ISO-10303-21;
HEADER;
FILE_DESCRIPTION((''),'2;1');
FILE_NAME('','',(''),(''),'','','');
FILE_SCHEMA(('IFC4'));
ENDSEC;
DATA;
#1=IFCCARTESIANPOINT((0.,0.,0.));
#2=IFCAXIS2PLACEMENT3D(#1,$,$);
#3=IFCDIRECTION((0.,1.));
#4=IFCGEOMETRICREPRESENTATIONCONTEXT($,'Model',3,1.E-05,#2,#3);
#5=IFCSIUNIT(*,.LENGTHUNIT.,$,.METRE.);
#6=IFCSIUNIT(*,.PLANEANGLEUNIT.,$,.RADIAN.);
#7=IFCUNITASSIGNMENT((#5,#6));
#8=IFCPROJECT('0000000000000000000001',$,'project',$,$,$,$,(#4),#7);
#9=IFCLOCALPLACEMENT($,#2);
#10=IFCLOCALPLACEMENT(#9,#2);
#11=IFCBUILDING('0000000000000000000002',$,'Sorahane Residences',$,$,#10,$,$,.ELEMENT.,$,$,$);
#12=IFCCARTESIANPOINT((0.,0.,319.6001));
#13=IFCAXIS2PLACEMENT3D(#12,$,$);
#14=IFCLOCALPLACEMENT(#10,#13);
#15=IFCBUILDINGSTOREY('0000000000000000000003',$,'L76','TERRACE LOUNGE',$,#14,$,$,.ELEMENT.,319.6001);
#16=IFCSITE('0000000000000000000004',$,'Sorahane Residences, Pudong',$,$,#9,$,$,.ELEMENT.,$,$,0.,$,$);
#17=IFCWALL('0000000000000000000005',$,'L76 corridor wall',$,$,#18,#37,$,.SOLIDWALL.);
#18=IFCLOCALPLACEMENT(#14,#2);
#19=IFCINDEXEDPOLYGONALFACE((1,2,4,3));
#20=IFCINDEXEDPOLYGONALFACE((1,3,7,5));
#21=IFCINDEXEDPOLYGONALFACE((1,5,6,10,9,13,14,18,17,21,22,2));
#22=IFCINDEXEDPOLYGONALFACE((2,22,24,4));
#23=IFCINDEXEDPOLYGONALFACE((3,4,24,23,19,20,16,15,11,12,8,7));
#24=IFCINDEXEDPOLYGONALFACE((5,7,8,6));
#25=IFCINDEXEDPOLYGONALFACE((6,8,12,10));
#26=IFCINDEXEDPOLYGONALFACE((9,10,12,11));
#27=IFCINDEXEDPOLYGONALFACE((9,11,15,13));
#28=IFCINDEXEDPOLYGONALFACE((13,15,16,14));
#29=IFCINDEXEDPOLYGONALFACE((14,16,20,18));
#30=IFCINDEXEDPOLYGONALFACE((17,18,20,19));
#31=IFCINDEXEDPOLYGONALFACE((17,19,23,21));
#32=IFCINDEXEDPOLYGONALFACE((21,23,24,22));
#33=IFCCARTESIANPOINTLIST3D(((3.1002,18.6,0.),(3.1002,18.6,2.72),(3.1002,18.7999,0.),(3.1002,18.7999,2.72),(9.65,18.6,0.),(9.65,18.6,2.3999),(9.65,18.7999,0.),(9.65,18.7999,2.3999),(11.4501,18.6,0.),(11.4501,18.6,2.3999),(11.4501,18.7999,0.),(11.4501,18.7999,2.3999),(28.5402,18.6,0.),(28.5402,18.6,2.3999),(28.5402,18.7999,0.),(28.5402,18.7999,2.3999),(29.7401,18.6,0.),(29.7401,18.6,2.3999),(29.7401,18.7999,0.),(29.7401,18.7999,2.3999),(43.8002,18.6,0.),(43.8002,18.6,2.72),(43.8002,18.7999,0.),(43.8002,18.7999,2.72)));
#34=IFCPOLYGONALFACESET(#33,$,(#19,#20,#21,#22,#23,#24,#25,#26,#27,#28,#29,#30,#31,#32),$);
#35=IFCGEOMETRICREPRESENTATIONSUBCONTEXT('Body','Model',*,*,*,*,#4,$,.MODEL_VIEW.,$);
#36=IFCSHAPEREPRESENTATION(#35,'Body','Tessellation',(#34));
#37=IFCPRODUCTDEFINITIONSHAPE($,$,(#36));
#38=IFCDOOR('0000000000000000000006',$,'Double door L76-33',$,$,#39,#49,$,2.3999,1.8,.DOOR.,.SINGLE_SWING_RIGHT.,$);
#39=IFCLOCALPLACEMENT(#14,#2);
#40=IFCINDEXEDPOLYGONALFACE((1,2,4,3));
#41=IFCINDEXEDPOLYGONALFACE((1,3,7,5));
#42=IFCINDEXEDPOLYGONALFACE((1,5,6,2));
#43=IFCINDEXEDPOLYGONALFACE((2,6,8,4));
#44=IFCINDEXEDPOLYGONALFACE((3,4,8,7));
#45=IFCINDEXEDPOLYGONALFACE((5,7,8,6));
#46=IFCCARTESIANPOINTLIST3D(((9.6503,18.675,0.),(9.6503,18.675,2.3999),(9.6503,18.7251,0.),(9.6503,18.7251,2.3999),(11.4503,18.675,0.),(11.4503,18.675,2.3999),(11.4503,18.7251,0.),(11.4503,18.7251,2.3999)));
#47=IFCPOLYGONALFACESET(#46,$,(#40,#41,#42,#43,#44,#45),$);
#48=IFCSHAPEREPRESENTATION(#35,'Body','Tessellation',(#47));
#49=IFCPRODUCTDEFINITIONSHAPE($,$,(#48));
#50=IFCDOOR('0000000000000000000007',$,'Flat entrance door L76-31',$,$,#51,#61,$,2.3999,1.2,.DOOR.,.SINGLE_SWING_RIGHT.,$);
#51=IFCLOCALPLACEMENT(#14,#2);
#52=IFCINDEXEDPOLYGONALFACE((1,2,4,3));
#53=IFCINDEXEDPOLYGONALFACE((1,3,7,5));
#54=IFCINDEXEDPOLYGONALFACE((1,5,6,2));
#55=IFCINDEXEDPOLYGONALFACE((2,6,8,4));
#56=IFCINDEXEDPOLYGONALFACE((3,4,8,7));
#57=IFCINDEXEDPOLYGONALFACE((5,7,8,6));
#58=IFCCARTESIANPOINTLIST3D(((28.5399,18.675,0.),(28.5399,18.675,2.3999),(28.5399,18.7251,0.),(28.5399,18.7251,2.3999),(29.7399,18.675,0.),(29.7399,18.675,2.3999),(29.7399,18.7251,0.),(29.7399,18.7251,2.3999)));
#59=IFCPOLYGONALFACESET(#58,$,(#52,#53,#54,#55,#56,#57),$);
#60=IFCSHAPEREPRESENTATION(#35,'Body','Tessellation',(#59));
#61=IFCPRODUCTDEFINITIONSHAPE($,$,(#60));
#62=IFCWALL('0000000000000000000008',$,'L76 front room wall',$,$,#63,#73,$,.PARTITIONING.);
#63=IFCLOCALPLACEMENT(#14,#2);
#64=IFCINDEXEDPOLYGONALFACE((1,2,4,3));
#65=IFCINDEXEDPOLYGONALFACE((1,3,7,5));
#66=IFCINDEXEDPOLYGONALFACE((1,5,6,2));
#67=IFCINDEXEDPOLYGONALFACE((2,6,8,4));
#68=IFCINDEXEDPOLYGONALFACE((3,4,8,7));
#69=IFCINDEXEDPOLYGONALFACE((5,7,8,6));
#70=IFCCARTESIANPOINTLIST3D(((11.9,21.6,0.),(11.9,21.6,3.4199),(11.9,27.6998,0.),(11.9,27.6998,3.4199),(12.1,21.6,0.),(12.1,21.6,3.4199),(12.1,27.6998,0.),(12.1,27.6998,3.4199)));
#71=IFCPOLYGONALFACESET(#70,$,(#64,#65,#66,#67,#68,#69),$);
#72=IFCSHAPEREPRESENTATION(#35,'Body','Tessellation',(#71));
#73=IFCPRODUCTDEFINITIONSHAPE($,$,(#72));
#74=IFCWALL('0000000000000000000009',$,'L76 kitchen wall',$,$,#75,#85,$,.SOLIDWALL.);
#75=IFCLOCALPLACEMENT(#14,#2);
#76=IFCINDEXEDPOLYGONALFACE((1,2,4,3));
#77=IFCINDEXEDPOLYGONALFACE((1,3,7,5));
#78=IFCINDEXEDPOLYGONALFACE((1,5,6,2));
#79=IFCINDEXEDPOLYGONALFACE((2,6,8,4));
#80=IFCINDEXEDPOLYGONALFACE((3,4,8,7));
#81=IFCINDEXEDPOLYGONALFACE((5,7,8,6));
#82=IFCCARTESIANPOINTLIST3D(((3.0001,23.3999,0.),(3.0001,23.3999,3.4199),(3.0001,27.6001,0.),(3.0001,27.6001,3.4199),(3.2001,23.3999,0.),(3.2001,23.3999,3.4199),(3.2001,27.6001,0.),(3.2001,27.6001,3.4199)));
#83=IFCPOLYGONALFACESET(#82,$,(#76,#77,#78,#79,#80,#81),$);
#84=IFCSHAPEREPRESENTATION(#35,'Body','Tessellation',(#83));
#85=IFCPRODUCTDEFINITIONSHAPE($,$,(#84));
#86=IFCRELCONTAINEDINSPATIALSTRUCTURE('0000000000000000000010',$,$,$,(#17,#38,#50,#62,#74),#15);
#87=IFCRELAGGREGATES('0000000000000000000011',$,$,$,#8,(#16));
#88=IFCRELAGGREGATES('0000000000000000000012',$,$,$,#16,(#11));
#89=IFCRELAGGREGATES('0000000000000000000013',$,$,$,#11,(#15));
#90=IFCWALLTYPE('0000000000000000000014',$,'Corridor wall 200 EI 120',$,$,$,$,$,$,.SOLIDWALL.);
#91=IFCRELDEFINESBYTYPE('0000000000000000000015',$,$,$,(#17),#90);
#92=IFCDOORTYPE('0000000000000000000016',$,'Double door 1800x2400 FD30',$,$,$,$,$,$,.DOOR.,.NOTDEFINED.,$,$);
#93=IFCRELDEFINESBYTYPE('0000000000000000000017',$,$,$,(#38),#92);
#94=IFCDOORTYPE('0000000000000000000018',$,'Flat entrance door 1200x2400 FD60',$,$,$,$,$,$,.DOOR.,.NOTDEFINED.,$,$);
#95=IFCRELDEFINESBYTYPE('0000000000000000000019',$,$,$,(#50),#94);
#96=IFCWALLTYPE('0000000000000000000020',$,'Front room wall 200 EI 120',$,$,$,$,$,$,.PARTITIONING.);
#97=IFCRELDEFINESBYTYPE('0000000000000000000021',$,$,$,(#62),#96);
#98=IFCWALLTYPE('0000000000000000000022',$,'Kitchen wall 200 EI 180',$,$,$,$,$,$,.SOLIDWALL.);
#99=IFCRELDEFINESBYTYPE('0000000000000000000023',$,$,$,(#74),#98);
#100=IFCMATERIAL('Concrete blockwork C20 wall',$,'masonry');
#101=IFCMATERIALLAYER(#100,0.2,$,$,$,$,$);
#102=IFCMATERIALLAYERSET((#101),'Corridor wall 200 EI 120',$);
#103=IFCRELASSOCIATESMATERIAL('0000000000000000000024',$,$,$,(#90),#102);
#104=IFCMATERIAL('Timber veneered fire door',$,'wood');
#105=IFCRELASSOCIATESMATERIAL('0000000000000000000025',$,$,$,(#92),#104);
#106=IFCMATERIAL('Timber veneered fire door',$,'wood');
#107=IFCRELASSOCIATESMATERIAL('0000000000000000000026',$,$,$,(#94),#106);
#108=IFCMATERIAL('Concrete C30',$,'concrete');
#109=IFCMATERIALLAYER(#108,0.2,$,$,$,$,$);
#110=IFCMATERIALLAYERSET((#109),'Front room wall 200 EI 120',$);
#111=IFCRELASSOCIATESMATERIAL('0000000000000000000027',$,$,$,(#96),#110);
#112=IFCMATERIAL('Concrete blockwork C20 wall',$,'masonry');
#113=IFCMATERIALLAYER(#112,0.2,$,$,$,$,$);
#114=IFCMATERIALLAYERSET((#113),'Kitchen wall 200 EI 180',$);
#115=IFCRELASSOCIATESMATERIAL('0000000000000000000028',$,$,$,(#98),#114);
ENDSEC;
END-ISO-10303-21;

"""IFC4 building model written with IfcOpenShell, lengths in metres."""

from ifc_helpers import new_model, si_unit, direction, frame, frame_2d, origin, place, context, subcontext, project, spatial, rectangle, extrude, material, layer, layer_set, type_object, element, fill, save


model = new_model("IFC4")

# Units and contexts
model_context = context("Model", 3, precision=1e-05, world=origin(), true_north=direction((0.0, 1.0)))
body_context = subcontext(model_context, "Body", "Model", "MODEL_VIEW")
ifc_project = project(units=[si_unit("LENGTHUNIT", "METRE"), si_unit("PLANEANGLEUNIT", "RADIAN")], contexts=[model_context])

# Site, building, storey
site_placement = place(None, origin())
site = spatial("IfcSite", under=ifc_project, at=site_placement, Name="Sorahane Residences, Pudong", CompositionType="ELEMENT", RefElevation=0.0)
building_placement = place(site_placement, origin())
building = spatial("IfcBuilding", under=site, at=building_placement, Name="Sorahane Residences", CompositionType="ELEMENT")
storey_placement = place(building_placement, frame((0.0, 0.0, 319.6001)))
storey = spatial("IfcBuildingStorey", under=building, at=storey_placement, Name="L76", Description="TERRACE LOUNGE", CompositionType="ELEMENT", Elevation=319.6001)

# Shared definitions
ifc_material_1 = material(Name="Concrete blockwork C20 wall", Category="masonry")
ifc_layer_1 = layer(ifc_material_1, 0.2)
ifc_layer_set_1 = layer_set([ifc_layer_1], Name="Corridor wall 200 EI 120")
wall_type_1 = type_object("IfcWallType", Name="Corridor wall 200 EI 120", PredefinedType="SOLIDWALL", material=ifc_layer_set_1)

# Wall, openings, doors
wall_1_placement = place(storey_placement, frame((3.1001, 18.7, 0.0), z_axis=(0.0, 0.0, 1.0), x_axis=(1.0, 0.0, 0.0)))
wall_1 = element("IfcWall", 1, at=wall_1_placement, inside=storey, type_object=wall_type_1, Name="L76 corridor wall", PredefinedType="SOLIDWALL", context=body_context, shape_type="SweptSolid", body=[
    extrude(rectangle(XDim=40.7, YDim=0.2, at=frame_2d((20.3501, 0.0))), origin(), (0.0, 0.0, 1.0), 2.72),
])
opening_1_placement = place(wall_1_placement, frame((25.4399, 0.0, 0.0)))
opening_1 = element("IfcOpeningElement", 2, at=opening_1_placement, cuts=wall_1, PredefinedType="OPENING", context=body_context, shape_type="SweptSolid", body=[
    extrude(rectangle(XDim=1.2, YDim=2.3999, at=frame_2d((0.6001, 1.2))), frame((0.0, 0.1099, 0.0), z_axis=(0.0, -1.0, 0.0), x_axis=(1.0, 0.0, 0.0)), (0.0, 0.0, 1.0), 0.22),
])
opening_2_placement = place(wall_1_placement, frame((6.55, 0.0, 0.0)))
opening_2 = element("IfcOpeningElement", 3, at=opening_2_placement, cuts=wall_1, PredefinedType="OPENING", context=body_context, shape_type="SweptSolid", body=[
    extrude(rectangle(XDim=1.8, YDim=2.3999, at=frame_2d((0.8999, 1.2))), frame((0.0, 0.1099, 0.0), z_axis=(0.0, -1.0, 0.0), x_axis=(1.0, 0.0, 0.0)), (0.0, 0.0, 1.0), 0.22),
])
ifc_material_2 = material(Name="Timber veneered fire door", Category="wood")
door_type_1 = type_object("IfcDoorType", Name="Double door 1800x2400 FD30", OperationType="NOTDEFINED", PredefinedType="DOOR", material=ifc_material_2)
door_1_placement = place(opening_2_placement, frame((1.8, 0.0, 0.0), z_axis=(0.0, 0.0, 1.0), x_axis=(-1.0, 0.0, 0.0)))
door_1 = element("IfcDoor", 4, at=door_1_placement, inside=storey, type_object=door_type_1, Name="Double door L76-33", OperationType="SINGLE_SWING_RIGHT", OverallHeight=2.3999, OverallWidth=1.8, PredefinedType="DOOR", context=body_context, shape_type="SweptSolid", body=[
    extrude(rectangle(XDim=1.8, YDim=2.3999, at=frame_2d((0.8999, 1.2))), frame((0.0, 0.0249, 0.0), z_axis=(0.0, -1.0, 0.0), x_axis=(1.0, 0.0, 0.0)), (0.0, 0.0, 1.0), 0.05),
])
fill(opening_2, door_1)
ifc_material_3 = material(Name="Timber veneered fire door", Category="wood")
door_type_2 = type_object("IfcDoorType", Name="Flat entrance door 1200x2400 FD60", OperationType="NOTDEFINED", PredefinedType="DOOR", material=ifc_material_3)
door_2_placement = place(opening_1_placement, frame((1.2, 0.0, 0.0), z_axis=(0.0, 0.0, 1.0), x_axis=(-1.0, 0.0, 0.0)))
door_2 = element("IfcDoor", 5, at=door_2_placement, inside=storey, type_object=door_type_2, Name="Flat entrance door L76-31", OperationType="SINGLE_SWING_RIGHT", OverallHeight=2.3999, OverallWidth=1.2, PredefinedType="DOOR", context=body_context, shape_type="SweptSolid", body=[
    extrude(rectangle(XDim=1.2, YDim=2.3999, at=frame_2d((0.6001, 1.2))), frame((0.0, 0.0249, 0.0), z_axis=(0.0, -1.0, 0.0), x_axis=(1.0, 0.0, 0.0)), (0.0, 0.0, 1.0), 0.05),
])
fill(opening_1, door_2)

# Walls
ifc_material_4 = material(Name="Concrete C30", Category="concrete")
ifc_layer_2 = layer(ifc_material_4, 0.2)
ifc_layer_set_2 = layer_set([ifc_layer_2], Name="Front room wall 200 EI 120")
wall_type_2 = type_object("IfcWallType", Name="Front room wall 200 EI 120", PredefinedType="PARTITIONING", material=ifc_layer_set_2)
wall_2_placement = place(storey_placement, frame((12.0, 21.6001, 0.0), z_axis=(0.0, 0.0, 1.0), x_axis=(0.0, 1.0, 0.0)))
element("IfcWall", 6, at=wall_2_placement, inside=storey, type_object=wall_type_2, Name="L76 front room wall", PredefinedType="PARTITIONING", context=body_context, shape_type="SweptSolid", body=[
    extrude(rectangle(XDim=6.0999, YDim=0.2, at=frame_2d((3.0498, 0.0))), origin(), (0.0, 0.0, 1.0), 3.4199),
])
ifc_material_5 = material(Name="Concrete blockwork C20 wall", Category="masonry")
ifc_layer_3 = layer(ifc_material_5, 0.2)
ifc_layer_set_3 = layer_set([ifc_layer_3], Name="Kitchen wall 200 EI 180")
wall_type_3 = type_object("IfcWallType", Name="Kitchen wall 200 EI 180", PredefinedType="SOLIDWALL", material=ifc_layer_set_3)
wall_3_placement = place(storey_placement, frame((3.1001, 23.3999, 0.0), z_axis=(0.0, 0.0, 1.0), x_axis=(0.0, 1.0, 0.0)))
element("IfcWall", 7, at=wall_3_placement, inside=storey, type_object=wall_type_3, Name="L76 kitchen wall", PredefinedType="SOLIDWALL", context=body_context, shape_type="SweptSolid", body=[
    extrude(rectangle(XDim=4.2002, YDim=0.2, at=frame_2d((2.1001, 0.0))), origin(), (0.0, 0.0, 1.0), 3.4199),
])

save(model, "model.ifc")
